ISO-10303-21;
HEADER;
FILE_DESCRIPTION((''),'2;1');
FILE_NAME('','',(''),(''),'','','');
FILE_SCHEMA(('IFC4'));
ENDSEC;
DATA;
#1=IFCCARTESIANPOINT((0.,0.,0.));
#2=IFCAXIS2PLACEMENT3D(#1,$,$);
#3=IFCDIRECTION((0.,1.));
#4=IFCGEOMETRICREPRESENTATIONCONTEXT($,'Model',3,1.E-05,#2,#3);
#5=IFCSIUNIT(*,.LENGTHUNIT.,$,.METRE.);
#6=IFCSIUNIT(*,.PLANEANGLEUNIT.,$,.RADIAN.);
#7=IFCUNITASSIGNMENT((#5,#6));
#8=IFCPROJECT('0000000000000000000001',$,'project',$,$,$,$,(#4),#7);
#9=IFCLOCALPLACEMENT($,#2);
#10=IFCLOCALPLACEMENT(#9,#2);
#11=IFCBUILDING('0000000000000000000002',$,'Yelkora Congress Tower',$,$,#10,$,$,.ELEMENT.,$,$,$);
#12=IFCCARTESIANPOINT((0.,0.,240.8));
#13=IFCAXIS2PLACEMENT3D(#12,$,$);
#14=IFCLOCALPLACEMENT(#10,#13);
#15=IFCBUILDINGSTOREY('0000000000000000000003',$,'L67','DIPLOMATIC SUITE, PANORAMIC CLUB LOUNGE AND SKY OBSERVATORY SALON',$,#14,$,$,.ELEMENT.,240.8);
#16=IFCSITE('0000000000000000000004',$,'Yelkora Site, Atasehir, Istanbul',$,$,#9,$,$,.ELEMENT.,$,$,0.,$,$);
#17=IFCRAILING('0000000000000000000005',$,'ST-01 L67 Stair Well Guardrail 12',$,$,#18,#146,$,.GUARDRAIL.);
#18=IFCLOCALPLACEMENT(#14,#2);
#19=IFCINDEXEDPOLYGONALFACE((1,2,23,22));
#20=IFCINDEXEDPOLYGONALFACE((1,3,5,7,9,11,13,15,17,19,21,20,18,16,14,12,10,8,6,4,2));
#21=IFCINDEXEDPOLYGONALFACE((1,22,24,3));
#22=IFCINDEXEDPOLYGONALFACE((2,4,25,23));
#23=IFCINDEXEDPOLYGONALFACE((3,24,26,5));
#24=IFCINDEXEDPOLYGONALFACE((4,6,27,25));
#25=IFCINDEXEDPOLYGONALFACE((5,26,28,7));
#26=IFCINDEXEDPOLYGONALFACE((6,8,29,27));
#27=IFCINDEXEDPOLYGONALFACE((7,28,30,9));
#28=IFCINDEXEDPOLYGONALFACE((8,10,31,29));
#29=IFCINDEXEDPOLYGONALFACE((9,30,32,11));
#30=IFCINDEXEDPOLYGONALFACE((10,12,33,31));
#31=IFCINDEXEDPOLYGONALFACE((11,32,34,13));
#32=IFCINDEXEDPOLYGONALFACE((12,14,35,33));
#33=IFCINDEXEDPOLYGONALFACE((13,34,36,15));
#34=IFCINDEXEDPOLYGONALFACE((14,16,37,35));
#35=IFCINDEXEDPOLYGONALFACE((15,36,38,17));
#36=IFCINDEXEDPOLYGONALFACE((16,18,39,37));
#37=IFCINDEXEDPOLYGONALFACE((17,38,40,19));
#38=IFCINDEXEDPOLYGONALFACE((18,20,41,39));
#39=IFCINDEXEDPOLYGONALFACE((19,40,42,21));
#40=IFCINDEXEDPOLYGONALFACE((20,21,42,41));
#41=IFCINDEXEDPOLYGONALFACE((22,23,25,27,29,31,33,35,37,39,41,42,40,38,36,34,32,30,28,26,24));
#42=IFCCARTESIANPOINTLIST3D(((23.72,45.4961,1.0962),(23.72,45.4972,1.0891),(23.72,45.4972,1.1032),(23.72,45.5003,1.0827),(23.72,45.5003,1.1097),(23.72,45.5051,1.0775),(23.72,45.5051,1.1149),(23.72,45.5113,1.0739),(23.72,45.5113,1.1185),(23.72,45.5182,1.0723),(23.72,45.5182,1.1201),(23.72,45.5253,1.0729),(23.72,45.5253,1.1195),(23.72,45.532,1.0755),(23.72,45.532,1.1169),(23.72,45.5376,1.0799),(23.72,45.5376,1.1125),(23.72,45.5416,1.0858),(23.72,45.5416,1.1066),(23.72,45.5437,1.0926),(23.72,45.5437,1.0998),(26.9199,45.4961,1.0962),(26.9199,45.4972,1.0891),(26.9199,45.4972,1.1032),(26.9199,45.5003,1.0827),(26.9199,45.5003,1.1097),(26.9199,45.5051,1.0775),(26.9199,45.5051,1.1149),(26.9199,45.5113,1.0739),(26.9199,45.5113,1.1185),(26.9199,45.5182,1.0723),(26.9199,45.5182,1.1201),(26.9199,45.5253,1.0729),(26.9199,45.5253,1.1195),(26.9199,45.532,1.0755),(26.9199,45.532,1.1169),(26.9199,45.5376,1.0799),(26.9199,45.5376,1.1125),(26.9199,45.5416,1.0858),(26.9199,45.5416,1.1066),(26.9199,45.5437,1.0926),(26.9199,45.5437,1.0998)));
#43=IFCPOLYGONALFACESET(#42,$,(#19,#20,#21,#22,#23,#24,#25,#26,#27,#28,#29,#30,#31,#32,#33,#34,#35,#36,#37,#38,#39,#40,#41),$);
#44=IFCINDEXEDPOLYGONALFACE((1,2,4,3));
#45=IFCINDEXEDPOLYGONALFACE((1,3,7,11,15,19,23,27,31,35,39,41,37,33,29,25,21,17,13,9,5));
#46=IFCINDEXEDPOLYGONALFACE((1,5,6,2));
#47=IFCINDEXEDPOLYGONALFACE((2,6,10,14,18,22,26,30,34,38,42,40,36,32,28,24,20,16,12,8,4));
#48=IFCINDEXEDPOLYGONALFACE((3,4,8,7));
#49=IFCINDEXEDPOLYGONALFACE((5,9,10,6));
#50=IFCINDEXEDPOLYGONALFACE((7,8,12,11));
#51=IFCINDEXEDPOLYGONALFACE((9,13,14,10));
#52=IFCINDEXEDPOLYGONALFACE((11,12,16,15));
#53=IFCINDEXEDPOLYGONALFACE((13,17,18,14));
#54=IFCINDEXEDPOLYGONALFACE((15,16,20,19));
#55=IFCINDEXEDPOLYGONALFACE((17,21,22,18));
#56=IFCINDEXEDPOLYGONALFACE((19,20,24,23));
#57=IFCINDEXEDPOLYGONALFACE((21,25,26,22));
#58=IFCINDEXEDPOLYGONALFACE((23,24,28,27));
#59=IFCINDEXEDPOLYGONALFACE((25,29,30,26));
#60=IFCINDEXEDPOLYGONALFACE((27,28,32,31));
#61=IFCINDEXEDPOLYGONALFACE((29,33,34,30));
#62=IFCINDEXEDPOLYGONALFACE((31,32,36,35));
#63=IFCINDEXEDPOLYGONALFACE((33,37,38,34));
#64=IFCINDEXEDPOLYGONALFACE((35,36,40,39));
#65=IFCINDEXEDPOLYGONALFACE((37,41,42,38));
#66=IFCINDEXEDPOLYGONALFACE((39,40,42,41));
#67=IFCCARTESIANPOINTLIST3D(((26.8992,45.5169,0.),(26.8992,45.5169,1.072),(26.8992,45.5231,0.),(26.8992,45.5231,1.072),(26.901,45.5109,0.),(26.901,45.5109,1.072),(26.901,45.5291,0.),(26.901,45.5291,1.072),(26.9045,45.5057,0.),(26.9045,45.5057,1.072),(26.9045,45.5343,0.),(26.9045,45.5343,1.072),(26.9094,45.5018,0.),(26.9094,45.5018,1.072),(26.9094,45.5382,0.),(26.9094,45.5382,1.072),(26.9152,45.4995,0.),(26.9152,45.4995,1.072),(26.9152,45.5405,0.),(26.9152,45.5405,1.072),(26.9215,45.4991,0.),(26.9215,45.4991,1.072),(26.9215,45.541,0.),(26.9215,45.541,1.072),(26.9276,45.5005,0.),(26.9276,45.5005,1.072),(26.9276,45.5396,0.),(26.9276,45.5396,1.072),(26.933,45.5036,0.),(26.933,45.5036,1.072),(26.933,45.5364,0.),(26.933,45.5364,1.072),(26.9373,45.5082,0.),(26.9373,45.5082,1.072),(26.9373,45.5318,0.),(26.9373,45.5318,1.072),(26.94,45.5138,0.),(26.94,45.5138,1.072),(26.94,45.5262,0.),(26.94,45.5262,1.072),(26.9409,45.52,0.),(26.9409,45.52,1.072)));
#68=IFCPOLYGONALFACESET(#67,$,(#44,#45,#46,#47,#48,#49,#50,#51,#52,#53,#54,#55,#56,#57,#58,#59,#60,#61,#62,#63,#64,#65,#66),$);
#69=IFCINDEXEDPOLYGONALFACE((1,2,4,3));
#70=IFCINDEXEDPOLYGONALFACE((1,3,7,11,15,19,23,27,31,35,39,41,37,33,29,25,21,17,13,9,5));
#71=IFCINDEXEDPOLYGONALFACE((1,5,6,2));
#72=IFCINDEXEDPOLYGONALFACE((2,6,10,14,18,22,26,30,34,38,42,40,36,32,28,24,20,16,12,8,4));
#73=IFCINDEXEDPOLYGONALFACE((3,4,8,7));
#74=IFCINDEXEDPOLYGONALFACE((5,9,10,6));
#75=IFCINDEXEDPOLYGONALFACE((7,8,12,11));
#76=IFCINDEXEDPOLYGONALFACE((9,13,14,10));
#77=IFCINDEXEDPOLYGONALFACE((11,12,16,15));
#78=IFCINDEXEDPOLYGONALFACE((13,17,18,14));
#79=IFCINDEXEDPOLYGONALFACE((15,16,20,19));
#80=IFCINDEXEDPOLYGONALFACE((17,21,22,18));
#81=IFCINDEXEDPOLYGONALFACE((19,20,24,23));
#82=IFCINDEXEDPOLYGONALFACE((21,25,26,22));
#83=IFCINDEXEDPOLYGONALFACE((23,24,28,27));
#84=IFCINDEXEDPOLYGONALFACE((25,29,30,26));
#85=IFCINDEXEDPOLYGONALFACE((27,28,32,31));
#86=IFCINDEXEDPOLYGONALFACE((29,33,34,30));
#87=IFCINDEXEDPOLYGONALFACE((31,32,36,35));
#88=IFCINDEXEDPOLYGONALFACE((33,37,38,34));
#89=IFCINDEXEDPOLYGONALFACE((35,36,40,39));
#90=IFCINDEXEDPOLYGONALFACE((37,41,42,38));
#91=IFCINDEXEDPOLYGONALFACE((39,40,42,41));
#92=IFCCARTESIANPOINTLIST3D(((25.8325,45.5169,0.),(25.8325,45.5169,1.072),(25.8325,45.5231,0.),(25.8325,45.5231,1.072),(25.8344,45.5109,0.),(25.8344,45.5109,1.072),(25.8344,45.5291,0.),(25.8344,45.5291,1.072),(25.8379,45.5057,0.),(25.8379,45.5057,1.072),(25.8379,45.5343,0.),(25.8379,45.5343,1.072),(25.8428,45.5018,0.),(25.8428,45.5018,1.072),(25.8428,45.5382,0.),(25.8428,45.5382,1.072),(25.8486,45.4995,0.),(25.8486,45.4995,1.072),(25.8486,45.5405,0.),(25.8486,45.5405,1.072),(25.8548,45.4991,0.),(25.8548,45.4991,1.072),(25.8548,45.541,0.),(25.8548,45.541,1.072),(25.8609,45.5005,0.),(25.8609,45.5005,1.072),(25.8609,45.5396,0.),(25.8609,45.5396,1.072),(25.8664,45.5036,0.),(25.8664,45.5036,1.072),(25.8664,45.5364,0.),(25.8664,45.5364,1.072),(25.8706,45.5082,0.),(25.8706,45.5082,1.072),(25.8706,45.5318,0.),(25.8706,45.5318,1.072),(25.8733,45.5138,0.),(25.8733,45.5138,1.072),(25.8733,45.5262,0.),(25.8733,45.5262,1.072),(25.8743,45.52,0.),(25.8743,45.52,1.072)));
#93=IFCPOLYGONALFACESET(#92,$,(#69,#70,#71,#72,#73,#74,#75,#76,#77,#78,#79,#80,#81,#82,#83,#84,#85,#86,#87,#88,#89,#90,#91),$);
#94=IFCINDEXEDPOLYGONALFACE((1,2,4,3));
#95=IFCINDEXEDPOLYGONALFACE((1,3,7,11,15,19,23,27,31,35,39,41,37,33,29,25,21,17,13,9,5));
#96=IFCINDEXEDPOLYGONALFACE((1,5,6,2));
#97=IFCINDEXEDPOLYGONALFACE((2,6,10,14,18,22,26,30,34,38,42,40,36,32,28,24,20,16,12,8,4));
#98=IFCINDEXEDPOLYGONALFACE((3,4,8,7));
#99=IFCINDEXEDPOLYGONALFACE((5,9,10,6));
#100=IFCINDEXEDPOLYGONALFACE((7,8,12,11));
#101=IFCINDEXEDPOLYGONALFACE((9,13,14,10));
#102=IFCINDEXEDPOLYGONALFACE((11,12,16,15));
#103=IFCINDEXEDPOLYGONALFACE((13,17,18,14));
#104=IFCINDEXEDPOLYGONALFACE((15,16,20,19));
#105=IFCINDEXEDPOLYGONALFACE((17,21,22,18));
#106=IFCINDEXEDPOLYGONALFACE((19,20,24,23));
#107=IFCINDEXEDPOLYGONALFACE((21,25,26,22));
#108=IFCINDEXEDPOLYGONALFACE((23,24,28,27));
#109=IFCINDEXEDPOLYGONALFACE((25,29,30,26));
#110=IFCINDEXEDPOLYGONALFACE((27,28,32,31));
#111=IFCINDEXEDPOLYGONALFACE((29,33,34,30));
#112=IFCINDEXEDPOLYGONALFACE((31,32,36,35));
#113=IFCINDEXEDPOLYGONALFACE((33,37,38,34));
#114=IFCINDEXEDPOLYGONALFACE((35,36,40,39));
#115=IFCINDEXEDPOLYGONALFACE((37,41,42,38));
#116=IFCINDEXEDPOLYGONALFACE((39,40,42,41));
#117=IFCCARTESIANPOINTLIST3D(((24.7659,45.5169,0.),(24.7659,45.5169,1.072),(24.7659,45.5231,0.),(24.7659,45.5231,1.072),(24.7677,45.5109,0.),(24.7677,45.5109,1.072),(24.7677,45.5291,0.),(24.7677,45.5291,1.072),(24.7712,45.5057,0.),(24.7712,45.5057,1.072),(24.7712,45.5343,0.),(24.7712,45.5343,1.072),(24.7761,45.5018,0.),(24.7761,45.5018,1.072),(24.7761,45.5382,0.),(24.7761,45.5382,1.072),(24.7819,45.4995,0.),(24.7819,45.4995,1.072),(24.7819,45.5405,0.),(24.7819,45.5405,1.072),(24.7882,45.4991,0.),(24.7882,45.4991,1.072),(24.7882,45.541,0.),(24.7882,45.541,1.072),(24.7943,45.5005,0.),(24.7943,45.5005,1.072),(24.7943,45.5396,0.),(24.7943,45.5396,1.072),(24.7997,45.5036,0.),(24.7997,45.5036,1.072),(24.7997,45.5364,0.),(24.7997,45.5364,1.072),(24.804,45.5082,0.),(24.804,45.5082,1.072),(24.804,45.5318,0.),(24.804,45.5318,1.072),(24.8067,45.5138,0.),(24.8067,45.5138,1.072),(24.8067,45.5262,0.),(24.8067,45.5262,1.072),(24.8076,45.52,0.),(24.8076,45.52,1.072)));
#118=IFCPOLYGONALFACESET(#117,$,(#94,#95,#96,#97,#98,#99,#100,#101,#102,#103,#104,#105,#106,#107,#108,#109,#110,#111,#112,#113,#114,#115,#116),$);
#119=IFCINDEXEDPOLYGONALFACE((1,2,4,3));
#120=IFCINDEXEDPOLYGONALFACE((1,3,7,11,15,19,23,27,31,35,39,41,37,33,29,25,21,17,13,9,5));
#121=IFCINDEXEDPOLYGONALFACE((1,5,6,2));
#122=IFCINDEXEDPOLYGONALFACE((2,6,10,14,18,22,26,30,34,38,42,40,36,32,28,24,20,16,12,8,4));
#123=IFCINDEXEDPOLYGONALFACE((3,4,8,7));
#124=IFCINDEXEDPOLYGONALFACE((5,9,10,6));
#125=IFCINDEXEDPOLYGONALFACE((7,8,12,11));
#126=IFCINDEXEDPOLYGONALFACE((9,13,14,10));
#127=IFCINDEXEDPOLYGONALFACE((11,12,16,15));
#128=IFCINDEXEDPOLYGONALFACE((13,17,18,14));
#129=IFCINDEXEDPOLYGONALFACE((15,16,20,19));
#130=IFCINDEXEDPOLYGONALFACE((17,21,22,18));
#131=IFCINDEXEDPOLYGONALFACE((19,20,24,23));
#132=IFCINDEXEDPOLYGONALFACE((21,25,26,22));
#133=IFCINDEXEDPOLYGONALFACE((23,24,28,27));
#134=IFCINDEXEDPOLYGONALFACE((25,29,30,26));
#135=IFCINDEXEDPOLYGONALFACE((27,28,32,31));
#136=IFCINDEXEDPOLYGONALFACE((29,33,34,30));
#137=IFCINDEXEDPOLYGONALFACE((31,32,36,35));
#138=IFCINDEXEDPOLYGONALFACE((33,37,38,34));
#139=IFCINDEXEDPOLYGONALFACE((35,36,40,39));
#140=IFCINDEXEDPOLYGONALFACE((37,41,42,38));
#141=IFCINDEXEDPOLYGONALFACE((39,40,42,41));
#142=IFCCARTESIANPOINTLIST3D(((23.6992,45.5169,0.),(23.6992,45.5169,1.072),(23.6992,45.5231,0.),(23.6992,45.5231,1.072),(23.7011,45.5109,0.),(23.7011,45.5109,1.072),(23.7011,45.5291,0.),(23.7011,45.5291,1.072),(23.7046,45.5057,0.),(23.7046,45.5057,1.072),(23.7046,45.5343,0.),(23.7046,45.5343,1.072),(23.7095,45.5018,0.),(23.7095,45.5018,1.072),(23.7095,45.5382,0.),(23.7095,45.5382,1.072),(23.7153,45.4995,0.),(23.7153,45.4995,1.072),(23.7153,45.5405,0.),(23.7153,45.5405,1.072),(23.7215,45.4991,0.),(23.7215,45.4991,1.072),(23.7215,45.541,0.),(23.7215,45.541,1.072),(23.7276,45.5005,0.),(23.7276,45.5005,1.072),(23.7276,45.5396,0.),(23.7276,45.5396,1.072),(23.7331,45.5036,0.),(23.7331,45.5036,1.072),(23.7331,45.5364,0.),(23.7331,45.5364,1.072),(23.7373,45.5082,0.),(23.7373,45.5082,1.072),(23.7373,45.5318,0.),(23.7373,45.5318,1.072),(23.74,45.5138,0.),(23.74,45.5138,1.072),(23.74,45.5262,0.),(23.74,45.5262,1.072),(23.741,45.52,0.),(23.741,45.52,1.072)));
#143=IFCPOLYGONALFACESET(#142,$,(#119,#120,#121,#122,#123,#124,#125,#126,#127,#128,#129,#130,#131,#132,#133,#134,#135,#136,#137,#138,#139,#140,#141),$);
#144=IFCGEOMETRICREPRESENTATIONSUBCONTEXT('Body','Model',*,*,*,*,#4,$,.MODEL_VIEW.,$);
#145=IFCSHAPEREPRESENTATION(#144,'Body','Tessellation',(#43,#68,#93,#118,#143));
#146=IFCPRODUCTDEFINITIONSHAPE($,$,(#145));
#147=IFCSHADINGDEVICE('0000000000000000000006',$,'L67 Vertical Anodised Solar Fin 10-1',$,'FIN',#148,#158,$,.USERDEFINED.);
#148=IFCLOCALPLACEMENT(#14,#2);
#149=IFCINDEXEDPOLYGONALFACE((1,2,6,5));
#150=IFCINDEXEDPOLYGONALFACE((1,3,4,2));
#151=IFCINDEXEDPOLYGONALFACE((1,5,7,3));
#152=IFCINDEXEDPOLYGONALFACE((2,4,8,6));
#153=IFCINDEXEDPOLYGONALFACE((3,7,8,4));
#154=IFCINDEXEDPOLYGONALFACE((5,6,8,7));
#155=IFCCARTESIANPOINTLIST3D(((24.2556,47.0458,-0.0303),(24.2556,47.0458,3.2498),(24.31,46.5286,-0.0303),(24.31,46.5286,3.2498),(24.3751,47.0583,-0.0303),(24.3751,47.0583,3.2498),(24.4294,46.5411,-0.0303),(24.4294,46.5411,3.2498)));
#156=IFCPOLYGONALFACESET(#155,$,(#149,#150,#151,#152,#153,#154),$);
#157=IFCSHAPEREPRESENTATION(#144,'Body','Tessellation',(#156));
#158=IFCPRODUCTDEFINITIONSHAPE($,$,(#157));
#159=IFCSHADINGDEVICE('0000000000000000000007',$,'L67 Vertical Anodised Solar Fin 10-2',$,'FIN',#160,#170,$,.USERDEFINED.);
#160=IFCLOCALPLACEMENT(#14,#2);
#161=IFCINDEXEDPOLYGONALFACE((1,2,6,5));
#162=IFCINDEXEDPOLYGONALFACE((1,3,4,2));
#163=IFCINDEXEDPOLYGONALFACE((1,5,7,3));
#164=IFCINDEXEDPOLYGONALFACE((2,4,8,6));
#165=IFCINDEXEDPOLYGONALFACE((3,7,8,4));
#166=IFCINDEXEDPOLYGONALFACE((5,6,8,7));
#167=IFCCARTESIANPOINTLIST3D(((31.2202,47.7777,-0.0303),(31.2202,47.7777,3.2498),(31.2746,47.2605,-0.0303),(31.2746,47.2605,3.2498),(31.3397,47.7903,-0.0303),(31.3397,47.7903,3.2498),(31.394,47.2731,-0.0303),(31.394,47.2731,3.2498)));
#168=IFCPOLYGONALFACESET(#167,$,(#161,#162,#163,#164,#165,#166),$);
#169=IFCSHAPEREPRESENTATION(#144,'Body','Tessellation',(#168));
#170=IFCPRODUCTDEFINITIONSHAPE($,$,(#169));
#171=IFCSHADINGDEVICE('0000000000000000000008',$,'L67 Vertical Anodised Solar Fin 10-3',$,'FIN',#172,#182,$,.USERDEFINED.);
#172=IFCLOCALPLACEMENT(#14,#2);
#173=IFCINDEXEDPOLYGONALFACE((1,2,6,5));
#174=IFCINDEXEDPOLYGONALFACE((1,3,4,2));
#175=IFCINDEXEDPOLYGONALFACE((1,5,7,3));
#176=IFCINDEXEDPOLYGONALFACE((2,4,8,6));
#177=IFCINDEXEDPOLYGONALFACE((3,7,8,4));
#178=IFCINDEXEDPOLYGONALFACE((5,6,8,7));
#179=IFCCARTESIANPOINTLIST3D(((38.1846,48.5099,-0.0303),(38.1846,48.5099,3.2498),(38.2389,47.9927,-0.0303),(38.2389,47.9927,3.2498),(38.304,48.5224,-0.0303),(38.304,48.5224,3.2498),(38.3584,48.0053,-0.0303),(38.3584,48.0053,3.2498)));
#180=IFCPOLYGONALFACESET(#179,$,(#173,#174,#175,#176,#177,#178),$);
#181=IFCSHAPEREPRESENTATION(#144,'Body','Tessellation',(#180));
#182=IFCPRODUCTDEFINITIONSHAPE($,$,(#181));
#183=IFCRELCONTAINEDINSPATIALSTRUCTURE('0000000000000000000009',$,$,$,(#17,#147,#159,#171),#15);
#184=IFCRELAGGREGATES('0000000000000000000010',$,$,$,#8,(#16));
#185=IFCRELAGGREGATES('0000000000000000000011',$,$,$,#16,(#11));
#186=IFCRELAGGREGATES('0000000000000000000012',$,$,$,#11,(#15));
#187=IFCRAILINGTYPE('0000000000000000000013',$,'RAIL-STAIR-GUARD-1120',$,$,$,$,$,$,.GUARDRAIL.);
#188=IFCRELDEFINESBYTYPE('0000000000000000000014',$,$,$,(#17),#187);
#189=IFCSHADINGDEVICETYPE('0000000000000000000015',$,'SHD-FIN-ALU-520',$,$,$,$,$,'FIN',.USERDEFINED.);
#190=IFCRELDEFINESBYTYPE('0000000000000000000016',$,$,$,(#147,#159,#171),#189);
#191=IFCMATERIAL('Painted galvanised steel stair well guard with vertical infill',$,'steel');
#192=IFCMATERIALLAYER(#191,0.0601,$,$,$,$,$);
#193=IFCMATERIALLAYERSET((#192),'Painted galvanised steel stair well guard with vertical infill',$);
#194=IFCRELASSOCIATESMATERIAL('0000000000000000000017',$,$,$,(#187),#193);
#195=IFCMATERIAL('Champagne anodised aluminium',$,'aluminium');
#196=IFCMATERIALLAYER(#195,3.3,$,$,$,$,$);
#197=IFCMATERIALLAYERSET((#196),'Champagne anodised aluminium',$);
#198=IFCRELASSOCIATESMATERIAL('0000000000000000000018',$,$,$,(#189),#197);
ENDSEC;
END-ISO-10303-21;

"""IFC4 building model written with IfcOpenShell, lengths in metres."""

from ifc_helpers import new_model, si_unit, direction, frame, origin, origin_2d, place, context, subcontext, project, spatial, rectangle, circle, extrude, material, layer, layer_set, type_object, element, save


model = new_model("IFC4")

# Units and contexts
model_context = context("Model", 3, precision=1e-05, world=origin(), true_north=direction((0.0, 1.0)))
body_context = subcontext(model_context, "Body", "Model", "MODEL_VIEW")
ifc_project = project(units=[si_unit("LENGTHUNIT", "METRE"), si_unit("PLANEANGLEUNIT", "RADIAN")], contexts=[model_context])

# Site, building, storey
site_placement = place(None, origin())
site = spatial("IfcSite", under=ifc_project, at=site_placement, Name="Yelkora Site, Atasehir, Istanbul", CompositionType="ELEMENT", RefElevation=0.0)
building_placement = place(site_placement, origin())
building = spatial("IfcBuilding", under=site, at=building_placement, Name="Yelkora Congress Tower", CompositionType="ELEMENT")
storey_placement = place(building_placement, frame((0.0, 0.0, 240.8)))
storey = spatial("IfcBuildingStorey", under=building, at=storey_placement, Name="L67", Description="DIPLOMATIC SUITE, PANORAMIC CLUB LOUNGE AND SKY OBSERVATORY SALON", CompositionType="ELEMENT", Elevation=240.8)

# Railing
ifc_material_1 = material(Name="Painted galvanised steel stair well guard with vertical infill", Category="steel")
ifc_layer_1 = layer(ifc_material_1, 0.0601)
ifc_layer_set_1 = layer_set([ifc_layer_1], Name="Painted galvanised steel stair well guard with vertical infill")
railing_type = type_object("IfcRailingType", Name="RAIL-STAIR-GUARD-1120", PredefinedType="GUARDRAIL", material=ifc_layer_set_1)
railing_1_placement = place(storey_placement, frame((26.9199, 45.52, 0.0)))
element("IfcRailing", 1, at=railing_1_placement, inside=storey, type_object=railing_type, Name="ST-01 L67 Stair Well Guardrail 12", PredefinedType="GUARDRAIL", context=body_context, shape_type="SweptSolid", body=[
    extrude(circle(Radius=0.0239, at=origin_2d()), frame((0.0, 0.0, 1.0962), z_axis=(-1.0, 0.0, 0.0), x_axis=(0.0, -1.0, 0.0)), (0.0, 0.0, 1.0), 3.2),
    extrude(circle(Radius=0.021, at=origin_2d()), origin(), (0.0, 0.0, 1.0), 1.072),
    extrude(circle(Radius=0.021, at=origin_2d()), frame((-1.0667, 0.0, 0.0)), (0.0, 0.0, 1.0), 1.072),
    extrude(circle(Radius=0.021, at=origin_2d()), frame((-2.1333, 0.0, 0.0)), (0.0, 0.0, 1.0), 1.072),
    extrude(circle(Radius=0.021, at=origin_2d()), frame((-3.2, 0.0, 0.0)), (0.0, 0.0, 1.0), 1.072),
])

# Shading devices
ifc_material_2 = material(Name="Champagne anodised aluminium", Category="aluminium")
ifc_layer_2 = layer(ifc_material_2, 3.3)
ifc_layer_set_2 = layer_set([ifc_layer_2], Name="Champagne anodised aluminium")
shading_device_type = type_object("IfcShadingDeviceType", Name="SHD-FIN-ALU-520", ElementType="FIN", PredefinedType="USERDEFINED", material=ifc_layer_set_2)
for number, where, z_axis, x_axis, name in (
    (2, (24.3425, 46.7935, -0.0303), (0.0, 0.0, 1.0), (0.994522, 0.104528, 0.0), "L67 Vertical Anodised Solar Fin 10-1"),
    (3, (31.3071, 47.5254, -0.0303), (0.0, 0.0, 1.0), (0.994522, 0.104528, 0.0), "L67 Vertical Anodised Solar Fin 10-2"),
    (4, (38.2715, 48.2576, -0.0303), (0.0, 0.0, 1.0), (0.994522, 0.104528, 0.0), "L67 Vertical Anodised Solar Fin 10-3"),
):
    element("IfcShadingDevice", number, at=place(storey_placement, frame(where, z_axis=z_axis, x_axis=x_axis)), inside=storey, type_object=shading_device_type, Name=name, ObjectType="FIN", PredefinedType="USERDEFINED", context=body_context, shape_type="SweptSolid", body=[
        extrude(rectangle(XDim=0.1201, YDim=0.52, at=origin_2d()), origin(), (0.0, 0.0, 1.0), 3.28),
    ])

save(model, "model.ifc")
